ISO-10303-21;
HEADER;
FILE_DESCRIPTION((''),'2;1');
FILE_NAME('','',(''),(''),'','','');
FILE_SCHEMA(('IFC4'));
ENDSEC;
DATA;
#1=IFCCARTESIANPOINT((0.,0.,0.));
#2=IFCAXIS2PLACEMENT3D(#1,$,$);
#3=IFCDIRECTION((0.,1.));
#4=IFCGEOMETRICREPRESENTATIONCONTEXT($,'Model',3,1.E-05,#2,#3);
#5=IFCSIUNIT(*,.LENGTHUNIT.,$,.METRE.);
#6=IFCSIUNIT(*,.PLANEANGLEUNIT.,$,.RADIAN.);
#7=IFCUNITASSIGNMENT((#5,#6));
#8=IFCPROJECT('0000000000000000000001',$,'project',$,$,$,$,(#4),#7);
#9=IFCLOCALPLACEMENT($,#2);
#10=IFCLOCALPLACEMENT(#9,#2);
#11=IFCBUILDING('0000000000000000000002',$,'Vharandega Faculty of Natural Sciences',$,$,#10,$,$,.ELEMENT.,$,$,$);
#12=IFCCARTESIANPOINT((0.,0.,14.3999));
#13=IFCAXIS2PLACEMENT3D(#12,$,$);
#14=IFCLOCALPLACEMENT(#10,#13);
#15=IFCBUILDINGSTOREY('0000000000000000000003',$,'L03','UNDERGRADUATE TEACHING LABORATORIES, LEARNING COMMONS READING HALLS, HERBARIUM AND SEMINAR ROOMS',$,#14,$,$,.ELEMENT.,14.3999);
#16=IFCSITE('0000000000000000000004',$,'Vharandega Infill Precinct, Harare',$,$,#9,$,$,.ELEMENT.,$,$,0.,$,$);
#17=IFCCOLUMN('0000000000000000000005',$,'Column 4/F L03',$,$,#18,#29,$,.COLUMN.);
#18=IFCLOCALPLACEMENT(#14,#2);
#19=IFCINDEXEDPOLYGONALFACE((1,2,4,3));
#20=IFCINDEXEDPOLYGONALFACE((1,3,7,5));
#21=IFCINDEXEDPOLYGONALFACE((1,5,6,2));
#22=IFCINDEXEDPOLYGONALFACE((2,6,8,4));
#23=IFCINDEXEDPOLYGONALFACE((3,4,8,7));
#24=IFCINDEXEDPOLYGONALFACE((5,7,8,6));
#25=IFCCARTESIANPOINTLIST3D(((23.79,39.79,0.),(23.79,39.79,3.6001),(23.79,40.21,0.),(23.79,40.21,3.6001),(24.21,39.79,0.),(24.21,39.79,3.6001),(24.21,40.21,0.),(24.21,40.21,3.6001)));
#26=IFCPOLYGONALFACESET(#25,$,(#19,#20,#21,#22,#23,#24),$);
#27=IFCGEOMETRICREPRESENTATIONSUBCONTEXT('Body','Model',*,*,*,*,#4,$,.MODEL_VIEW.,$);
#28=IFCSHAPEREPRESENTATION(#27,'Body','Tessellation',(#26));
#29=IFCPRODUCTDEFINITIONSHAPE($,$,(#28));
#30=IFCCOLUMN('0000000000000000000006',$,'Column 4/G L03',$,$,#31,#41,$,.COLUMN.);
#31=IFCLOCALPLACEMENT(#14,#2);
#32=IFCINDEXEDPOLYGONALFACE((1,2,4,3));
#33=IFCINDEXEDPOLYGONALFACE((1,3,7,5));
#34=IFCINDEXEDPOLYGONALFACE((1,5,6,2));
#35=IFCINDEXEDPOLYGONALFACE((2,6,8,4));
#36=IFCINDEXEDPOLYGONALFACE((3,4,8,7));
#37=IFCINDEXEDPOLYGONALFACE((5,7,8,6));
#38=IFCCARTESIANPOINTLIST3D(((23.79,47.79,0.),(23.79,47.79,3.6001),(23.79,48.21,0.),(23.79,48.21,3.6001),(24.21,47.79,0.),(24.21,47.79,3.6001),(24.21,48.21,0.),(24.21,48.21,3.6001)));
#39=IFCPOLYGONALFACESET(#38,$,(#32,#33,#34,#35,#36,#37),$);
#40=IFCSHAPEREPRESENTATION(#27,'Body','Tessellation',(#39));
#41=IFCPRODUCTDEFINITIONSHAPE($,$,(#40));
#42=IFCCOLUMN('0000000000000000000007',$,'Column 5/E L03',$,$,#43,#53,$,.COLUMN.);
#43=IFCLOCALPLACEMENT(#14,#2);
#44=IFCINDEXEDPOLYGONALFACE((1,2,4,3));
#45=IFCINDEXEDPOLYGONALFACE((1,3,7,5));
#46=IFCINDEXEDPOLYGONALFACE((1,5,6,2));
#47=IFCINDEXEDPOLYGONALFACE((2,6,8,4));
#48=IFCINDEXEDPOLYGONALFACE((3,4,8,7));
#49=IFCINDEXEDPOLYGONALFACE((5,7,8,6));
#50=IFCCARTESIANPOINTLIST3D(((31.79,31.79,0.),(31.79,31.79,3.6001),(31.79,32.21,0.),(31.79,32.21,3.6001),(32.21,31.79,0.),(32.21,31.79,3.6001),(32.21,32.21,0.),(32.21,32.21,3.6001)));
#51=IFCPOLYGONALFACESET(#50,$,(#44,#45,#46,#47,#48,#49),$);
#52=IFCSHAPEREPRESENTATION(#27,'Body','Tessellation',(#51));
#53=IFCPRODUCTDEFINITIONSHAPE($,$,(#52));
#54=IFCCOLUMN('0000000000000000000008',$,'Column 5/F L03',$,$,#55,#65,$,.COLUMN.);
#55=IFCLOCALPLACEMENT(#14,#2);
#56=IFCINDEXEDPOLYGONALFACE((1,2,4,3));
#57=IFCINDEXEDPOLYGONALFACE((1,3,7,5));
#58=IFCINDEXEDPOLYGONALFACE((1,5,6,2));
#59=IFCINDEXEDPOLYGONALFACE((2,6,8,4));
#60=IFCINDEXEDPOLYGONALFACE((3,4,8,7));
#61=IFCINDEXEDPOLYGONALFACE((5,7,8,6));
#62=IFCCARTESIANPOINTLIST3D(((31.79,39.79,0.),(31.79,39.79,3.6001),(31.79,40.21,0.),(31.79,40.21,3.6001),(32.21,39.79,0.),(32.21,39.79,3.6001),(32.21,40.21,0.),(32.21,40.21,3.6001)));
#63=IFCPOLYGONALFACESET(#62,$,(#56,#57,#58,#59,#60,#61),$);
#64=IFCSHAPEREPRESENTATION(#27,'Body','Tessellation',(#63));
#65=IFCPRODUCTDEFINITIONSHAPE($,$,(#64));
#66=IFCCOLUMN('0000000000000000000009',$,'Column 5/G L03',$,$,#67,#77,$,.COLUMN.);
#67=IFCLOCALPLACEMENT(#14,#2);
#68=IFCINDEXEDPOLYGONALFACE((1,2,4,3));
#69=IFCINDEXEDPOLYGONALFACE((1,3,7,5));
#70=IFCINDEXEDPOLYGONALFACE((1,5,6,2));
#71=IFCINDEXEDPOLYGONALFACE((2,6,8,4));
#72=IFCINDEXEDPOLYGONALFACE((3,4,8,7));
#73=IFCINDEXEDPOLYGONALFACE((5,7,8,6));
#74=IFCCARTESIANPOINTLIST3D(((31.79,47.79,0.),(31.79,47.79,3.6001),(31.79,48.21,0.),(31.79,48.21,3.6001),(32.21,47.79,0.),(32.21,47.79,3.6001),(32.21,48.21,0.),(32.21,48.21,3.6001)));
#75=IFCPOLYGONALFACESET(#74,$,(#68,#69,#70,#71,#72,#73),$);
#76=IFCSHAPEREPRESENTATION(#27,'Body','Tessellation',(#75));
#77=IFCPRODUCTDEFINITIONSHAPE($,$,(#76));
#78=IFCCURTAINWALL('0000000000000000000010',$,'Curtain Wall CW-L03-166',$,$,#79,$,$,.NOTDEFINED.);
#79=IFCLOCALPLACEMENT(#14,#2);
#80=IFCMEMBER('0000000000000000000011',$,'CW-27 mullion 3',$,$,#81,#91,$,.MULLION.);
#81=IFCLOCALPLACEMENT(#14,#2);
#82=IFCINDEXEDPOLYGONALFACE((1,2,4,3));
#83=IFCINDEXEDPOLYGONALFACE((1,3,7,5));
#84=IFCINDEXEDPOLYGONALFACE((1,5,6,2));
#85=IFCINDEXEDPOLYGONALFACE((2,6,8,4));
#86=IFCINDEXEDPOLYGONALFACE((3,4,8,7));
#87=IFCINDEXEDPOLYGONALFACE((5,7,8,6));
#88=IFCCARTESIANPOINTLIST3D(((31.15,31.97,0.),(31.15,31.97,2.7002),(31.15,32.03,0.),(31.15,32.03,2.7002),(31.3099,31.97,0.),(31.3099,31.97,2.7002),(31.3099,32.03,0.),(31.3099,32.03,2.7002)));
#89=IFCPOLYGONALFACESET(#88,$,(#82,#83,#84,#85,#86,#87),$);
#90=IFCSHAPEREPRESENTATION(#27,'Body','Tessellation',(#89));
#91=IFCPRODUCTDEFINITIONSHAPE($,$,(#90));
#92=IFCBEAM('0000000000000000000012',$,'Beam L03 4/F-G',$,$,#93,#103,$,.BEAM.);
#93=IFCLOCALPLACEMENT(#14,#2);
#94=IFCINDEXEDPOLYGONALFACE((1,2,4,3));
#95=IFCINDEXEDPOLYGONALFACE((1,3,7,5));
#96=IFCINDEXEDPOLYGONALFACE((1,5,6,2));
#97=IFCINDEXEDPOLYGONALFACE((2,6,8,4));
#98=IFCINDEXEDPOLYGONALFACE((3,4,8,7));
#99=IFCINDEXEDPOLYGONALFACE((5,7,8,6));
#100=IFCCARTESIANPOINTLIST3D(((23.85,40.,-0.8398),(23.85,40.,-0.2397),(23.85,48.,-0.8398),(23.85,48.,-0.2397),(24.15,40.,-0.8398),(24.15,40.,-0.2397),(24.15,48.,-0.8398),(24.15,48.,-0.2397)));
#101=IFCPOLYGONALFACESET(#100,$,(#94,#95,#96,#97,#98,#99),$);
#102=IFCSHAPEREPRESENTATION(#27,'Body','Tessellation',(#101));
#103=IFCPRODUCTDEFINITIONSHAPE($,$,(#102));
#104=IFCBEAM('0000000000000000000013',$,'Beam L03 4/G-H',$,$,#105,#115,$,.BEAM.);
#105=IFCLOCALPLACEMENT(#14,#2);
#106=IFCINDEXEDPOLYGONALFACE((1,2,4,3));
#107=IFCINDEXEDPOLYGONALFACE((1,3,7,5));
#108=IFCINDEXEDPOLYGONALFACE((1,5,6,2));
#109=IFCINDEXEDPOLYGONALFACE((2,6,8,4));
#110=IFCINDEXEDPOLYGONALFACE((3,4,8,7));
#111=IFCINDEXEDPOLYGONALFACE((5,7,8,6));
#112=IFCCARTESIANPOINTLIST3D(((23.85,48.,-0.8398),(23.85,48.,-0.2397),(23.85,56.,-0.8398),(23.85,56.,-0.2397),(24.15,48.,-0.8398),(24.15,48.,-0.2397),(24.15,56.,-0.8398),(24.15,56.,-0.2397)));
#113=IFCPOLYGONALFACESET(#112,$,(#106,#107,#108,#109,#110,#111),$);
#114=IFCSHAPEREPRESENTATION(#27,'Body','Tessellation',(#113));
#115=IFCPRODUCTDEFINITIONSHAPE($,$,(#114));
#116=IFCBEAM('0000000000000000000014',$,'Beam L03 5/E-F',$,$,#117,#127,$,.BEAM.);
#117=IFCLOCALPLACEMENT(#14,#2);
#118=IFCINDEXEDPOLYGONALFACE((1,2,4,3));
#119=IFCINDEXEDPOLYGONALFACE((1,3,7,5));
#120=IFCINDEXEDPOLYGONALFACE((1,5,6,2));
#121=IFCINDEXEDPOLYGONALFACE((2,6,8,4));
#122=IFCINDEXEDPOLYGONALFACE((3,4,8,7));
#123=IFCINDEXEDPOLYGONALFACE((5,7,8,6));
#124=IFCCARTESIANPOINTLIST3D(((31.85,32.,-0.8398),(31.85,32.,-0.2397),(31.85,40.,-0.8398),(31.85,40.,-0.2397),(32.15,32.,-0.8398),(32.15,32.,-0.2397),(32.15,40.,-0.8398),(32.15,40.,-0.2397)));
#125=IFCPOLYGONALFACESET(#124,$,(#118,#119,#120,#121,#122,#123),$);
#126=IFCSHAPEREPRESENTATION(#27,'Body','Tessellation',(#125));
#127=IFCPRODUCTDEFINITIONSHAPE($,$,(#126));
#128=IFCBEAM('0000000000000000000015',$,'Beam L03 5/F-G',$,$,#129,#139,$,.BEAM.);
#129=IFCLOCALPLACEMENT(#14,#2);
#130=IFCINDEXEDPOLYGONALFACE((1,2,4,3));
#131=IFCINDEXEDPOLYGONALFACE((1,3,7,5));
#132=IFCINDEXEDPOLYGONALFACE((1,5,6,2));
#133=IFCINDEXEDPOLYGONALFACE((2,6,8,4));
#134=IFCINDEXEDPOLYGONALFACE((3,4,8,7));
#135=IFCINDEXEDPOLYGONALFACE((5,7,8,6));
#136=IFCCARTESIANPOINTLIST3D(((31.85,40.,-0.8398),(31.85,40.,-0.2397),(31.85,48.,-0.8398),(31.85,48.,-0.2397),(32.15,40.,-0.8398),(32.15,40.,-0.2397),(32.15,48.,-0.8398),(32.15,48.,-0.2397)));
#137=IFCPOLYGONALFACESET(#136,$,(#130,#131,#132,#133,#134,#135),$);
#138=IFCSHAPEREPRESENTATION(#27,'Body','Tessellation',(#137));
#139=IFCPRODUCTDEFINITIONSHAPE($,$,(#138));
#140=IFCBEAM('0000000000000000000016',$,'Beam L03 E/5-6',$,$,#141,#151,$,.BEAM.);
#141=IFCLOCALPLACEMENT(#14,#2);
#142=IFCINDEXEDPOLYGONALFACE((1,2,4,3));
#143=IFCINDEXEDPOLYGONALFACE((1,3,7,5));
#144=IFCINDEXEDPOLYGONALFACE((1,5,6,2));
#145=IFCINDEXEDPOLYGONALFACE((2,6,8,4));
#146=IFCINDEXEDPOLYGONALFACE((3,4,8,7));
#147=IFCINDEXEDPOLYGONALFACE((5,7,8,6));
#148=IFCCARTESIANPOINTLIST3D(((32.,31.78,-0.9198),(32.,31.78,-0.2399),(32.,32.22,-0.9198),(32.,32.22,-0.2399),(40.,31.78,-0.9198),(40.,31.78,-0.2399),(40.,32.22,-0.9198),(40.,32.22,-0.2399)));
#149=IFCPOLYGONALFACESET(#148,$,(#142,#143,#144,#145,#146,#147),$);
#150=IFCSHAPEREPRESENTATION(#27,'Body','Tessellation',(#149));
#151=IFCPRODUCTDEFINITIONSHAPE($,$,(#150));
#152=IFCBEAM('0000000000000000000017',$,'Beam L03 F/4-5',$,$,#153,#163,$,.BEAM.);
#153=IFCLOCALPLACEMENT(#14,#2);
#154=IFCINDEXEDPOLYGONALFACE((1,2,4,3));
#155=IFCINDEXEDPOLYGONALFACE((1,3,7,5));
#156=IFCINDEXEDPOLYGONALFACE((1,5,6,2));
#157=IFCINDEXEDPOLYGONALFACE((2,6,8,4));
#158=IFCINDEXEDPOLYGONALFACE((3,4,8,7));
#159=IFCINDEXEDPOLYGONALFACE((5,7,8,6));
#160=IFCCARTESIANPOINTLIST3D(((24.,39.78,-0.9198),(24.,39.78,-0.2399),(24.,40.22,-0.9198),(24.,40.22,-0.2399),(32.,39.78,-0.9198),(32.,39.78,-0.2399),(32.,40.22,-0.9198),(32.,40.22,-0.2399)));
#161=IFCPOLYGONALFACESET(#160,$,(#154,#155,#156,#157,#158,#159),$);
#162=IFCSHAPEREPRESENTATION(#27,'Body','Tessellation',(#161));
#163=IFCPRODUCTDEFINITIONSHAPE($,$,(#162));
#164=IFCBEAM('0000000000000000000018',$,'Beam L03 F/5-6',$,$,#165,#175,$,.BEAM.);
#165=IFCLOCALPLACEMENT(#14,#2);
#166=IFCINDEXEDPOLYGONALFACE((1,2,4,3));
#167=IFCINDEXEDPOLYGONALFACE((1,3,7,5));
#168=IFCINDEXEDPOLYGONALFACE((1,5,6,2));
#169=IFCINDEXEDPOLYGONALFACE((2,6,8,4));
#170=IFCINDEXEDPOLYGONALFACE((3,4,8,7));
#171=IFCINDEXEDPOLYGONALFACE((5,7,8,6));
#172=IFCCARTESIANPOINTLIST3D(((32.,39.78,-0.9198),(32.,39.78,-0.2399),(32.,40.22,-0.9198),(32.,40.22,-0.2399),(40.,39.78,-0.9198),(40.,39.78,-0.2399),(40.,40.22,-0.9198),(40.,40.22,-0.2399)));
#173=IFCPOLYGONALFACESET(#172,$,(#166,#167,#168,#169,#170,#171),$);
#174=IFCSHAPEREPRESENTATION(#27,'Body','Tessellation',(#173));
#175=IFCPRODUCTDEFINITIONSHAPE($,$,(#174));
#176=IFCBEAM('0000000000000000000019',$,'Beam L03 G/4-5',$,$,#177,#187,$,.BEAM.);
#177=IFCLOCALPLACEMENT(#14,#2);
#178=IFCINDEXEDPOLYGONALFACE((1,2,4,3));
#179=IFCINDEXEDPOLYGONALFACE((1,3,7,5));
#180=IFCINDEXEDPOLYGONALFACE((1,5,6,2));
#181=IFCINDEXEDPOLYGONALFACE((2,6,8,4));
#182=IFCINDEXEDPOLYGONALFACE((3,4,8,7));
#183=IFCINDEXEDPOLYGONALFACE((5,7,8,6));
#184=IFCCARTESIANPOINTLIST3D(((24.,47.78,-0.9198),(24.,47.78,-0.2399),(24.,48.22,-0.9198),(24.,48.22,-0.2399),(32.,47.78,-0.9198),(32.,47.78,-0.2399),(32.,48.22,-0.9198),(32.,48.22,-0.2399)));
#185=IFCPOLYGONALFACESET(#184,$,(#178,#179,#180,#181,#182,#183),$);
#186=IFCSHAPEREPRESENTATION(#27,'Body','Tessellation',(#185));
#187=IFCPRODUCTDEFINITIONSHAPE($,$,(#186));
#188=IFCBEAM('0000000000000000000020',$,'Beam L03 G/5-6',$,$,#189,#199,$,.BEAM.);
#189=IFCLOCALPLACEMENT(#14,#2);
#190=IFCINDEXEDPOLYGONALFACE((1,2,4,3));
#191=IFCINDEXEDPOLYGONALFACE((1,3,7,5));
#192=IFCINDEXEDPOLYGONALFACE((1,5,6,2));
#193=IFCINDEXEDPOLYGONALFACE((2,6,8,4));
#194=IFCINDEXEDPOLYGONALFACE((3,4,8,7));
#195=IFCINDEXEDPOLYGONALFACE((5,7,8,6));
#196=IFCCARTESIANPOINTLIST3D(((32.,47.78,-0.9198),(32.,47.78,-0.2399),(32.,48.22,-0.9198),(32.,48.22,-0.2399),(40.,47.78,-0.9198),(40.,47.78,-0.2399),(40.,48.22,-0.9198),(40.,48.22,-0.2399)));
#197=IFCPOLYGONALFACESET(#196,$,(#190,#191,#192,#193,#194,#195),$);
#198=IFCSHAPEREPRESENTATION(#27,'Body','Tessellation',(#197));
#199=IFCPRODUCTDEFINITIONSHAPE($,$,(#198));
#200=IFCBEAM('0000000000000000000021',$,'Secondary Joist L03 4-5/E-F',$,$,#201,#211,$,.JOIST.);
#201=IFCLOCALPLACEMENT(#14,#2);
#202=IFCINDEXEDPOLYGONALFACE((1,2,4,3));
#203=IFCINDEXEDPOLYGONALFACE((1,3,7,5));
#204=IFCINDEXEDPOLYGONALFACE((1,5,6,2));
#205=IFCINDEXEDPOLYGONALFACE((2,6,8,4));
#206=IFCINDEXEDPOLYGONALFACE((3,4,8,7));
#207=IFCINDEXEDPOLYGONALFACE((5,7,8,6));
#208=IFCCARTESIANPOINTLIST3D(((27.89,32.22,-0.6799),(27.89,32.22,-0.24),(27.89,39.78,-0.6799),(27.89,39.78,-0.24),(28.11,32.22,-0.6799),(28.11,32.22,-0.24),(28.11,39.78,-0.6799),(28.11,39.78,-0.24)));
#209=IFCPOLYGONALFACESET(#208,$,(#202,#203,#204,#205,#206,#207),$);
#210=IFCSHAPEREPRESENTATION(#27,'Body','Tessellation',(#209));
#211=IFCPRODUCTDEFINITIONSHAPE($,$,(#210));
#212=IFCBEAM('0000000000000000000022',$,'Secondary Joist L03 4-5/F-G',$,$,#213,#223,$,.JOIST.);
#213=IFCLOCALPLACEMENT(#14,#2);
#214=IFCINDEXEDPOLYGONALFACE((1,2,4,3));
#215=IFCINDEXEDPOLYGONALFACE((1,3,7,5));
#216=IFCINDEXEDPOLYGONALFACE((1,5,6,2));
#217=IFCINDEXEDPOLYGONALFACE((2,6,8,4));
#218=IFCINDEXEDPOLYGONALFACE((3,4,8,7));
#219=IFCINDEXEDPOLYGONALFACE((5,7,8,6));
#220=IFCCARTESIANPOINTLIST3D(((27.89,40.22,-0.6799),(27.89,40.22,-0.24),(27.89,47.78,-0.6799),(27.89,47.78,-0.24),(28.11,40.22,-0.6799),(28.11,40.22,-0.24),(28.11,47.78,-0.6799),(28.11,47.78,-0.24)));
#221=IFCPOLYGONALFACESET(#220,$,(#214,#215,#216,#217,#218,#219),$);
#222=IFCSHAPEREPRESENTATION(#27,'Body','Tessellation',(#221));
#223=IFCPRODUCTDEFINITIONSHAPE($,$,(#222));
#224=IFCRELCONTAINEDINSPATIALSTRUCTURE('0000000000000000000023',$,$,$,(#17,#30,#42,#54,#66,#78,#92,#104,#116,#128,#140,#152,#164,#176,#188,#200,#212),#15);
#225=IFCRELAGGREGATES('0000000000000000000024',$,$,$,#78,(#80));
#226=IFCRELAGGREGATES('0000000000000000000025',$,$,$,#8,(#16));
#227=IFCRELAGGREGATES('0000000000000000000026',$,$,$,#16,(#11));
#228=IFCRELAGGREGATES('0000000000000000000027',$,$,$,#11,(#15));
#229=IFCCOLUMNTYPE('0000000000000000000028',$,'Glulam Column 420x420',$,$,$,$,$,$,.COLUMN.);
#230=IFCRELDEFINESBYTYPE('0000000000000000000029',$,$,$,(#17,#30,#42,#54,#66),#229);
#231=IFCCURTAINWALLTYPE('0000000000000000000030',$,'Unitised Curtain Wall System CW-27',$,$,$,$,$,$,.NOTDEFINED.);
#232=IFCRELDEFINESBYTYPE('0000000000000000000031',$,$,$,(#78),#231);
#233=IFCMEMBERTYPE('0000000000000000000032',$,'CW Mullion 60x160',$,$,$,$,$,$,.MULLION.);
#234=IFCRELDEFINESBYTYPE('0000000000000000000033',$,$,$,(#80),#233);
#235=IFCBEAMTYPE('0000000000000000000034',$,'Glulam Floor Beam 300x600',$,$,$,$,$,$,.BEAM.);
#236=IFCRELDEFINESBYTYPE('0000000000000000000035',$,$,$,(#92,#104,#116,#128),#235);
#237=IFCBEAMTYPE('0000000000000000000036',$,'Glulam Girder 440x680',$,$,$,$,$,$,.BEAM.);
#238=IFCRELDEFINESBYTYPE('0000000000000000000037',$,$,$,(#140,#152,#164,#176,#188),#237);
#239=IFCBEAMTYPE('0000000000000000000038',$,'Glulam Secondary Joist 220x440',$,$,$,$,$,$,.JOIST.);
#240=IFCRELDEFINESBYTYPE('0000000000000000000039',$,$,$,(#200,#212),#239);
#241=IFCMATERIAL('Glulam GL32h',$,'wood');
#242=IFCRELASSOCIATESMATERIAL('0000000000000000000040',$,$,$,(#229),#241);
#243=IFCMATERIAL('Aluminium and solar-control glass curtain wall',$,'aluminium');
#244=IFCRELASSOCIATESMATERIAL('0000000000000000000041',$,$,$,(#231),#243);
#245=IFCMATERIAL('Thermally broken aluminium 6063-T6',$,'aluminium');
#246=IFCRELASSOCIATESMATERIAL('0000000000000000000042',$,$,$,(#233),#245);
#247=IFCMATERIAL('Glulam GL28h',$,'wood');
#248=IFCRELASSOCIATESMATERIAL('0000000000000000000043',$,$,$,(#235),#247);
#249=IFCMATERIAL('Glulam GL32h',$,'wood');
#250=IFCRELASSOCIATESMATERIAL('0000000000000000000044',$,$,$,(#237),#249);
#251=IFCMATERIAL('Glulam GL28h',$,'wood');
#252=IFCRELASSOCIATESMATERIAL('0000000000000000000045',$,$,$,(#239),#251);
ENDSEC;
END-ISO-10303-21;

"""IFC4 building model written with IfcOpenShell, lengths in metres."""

from ifc_helpers import new_model, si_unit, direction, frame, origin, origin_2d, place, context, subcontext, project, spatial, rectangle, extrude, material, material_profile, profile_set, type_object, element, aggregate, save


model = new_model("IFC4")

# Units and contexts
model_context = context("Model", 3, precision=1e-05, world=origin(), true_north=direction((0.0, 1.0)))
body_context = subcontext(model_context, "Body", "Model", "MODEL_VIEW")
ifc_project = project(units=[si_unit("LENGTHUNIT", "METRE"), si_unit("PLANEANGLEUNIT", "RADIAN")], contexts=[model_context])

# Site, building, storey
site_placement = place(None, origin())
site = spatial("IfcSite", under=ifc_project, at=site_placement, Name="Vharandega Infill Precinct, Harare", CompositionType="ELEMENT", RefElevation=0.0)
building_placement = place(site_placement, origin())
building = spatial("IfcBuilding", under=site, at=building_placement, Name="Vharandega Faculty of Natural Sciences", CompositionType="ELEMENT")
storey_placement = place(building_placement, frame((0.0, 0.0, 14.3999)))
storey = spatial("IfcBuildingStorey", under=building, at=storey_placement, Name="L03", Description="UNDERGRADUATE TEACHING LABORATORIES, LEARNING COMMONS READING HALLS, HERBARIUM AND SEMINAR ROOMS", CompositionType="ELEMENT", Elevation=14.3999)

# Columns
ifc_material_1 = material(Name="Glulam GL32h", Category="wood")
ifc_material_profile_1 = material_profile(ifc_material_1, rectangle(XDim=0.4199, YDim=0.4199, at=origin_2d()), Name="GL32h 420x420")
ifc_profile_set_1 = profile_set([ifc_material_profile_1], Name="Glulam GL32h")
column_type = type_object("IfcColumnType", Name="Glulam Column 420x420", PredefinedType="COLUMN", material=ifc_profile_set_1)
for number, where, z_axis, x_axis, name in (
    (1, (24.0, 40.0, 0.0), (0.0, 0.0, 1.0), (1.0, 0.0, 0.0), "Column 4/F L03"),
    (2, (24.0, 48.0, 0.0), (0.0, 0.0, 1.0), (1.0, 0.0, 0.0), "Column 4/G L03"),
    (3, (32.0, 32.0, 0.0), (0.0, 0.0, 1.0), (1.0, 0.0, 0.0), "Column 5/E L03"),
    (4, (32.0, 40.0, 0.0), (0.0, 0.0, 1.0), (1.0, 0.0, 0.0), "Column 5/F L03"),
    (5, (32.0, 48.0, 0.0), (0.0, 0.0, 1.0), (1.0, 0.0, 0.0), "Column 5/G L03"),
):
    element("IfcColumn", number, at=place(storey_placement, frame(where, z_axis=z_axis, x_axis=x_axis)), inside=storey, type_object=column_type, Name=name, PredefinedType="COLUMN", context=body_context, shape_type="SweptSolid", body=[
        extrude(rectangle(XDim=0.4199, YDim=0.4199, at=origin_2d()), origin(), (0.0, 0.0, 1.0), 3.6001),
    ])

# Curtain wall, member
ifc_material_2 = material(Name="Aluminium and solar-control glass curtain wall", Category="aluminium")
curtain_wall_type = type_object("IfcCurtainWallType", Name="Unitised Curtain Wall System CW-27", PredefinedType="NOTDEFINED", material=ifc_material_2)
curtain_wall_placement = place(storey_placement, origin())
curtain_wall = element("IfcCurtainWall", 6, at=curtain_wall_placement, inside=storey, type_object=curtain_wall_type, Name="Curtain Wall CW-L03-166", PredefinedType="NOTDEFINED")
ifc_material_3 = material(Name="Thermally broken aluminium 6063-T6", Category="aluminium")
ifc_material_profile_2 = material_profile(ifc_material_3, rectangle(XDim=0.0601, YDim=0.1599, at=origin_2d()), Name="ALU 60x160")
ifc_profile_set_2 = profile_set([ifc_material_profile_2], Name="Thermally broken aluminium 6063-T6")
member_type = type_object("IfcMemberType", Name="CW Mullion 60x160", PredefinedType="MULLION", material=ifc_profile_set_2)
member_placement = place(storey_placement, frame((31.23, 32.0, 0.0), z_axis=(0.0, 0.0, 1.0), x_axis=(0.0, 1.0, 0.0)))
member = element("IfcMember", 7, at=member_placement, type_object=member_type, Name="CW-27 mullion 3", PredefinedType="MULLION", context=body_context, shape_type="SweptSolid", body=[
    extrude(rectangle(XDim=0.0601, YDim=0.1599, at=origin_2d()), origin(), (0.0, 0.0, 1.0), 2.7002),
])

# Beams
ifc_material_4 = material(Name="Glulam GL28h", Category="wood")
ifc_material_profile_3 = material_profile(ifc_material_4, rectangle(XDim=0.3, YDim=0.6001, at=origin_2d()), Name="GL28h 300x600")
ifc_profile_set_3 = profile_set([ifc_material_profile_3], Name="Glulam GL28h")
beam_type_1 = type_object("IfcBeamType", Name="Glulam Floor Beam 300x600", PredefinedType="BEAM", material=ifc_profile_set_3)
for number, where, z_axis, x_axis, name in (
    (8, (24.0, 40.0, -0.5398), (0.0, 1.0, 0.0), (-1.0, 0.0, 0.0), "Beam L03 4/F-G"),
    (9, (24.0, 48.0, -0.5398), (0.0, 1.0, 0.0), (-1.0, 0.0, 0.0), "Beam L03 4/G-H"),
    (10, (32.0, 32.0, -0.5398), (0.0, 1.0, 0.0), (-1.0, 0.0, 0.0), "Beam L03 5/E-F"),
    (11, (32.0, 40.0, -0.5398), (0.0, 1.0, 0.0), (-1.0, 0.0, 0.0), "Beam L03 5/F-G"),
):
    element("IfcBeam", number, at=place(storey_placement, frame(where, z_axis=z_axis, x_axis=x_axis)), inside=storey, type_object=beam_type_1, Name=name, PredefinedType="BEAM", context=body_context, shape_type="SweptSolid", body=[
        extrude(rectangle(XDim=0.3, YDim=0.6001, at=origin_2d()), origin(), (0.0, 0.0, 1.0), 8.0),
    ])
ifc_material_5 = material(Name="Glulam GL32h", Category="wood")
ifc_material_profile_4 = material_profile(ifc_material_5, rectangle(XDim=0.4399, YDim=0.6799, at=origin_2d()), Name="GL32h 440x680")
ifc_profile_set_4 = profile_set([ifc_material_profile_4], Name="Glulam GL32h")
beam_type_2 = type_object("IfcBeamType", Name="Glulam Girder 440x680", PredefinedType="BEAM", material=ifc_profile_set_4)
for number, where, z_axis, x_axis, name in (
    (12, (32.0, 32.0, -0.5798), (1.0, 0.0, 0.0), (0.0, 1.0, 0.0), "Beam L03 E/5-6"),
    (13, (24.0, 40.0, -0.5798), (1.0, 0.0, 0.0), (0.0, 1.0, 0.0), "Beam L03 F/4-5"),
    (14, (32.0, 40.0, -0.5798), (1.0, 0.0, 0.0), (0.0, 1.0, 0.0), "Beam L03 F/5-6"),
    (15, (24.0, 48.0, -0.5798), (1.0, 0.0, 0.0), (0.0, 1.0, 0.0), "Beam L03 G/4-5"),
    (16, (32.0, 48.0, -0.5798), (1.0, 0.0, 0.0), (0.0, 1.0, 0.0), "Beam L03 G/5-6"),
):
    element("IfcBeam", number, at=place(storey_placement, frame(where, z_axis=z_axis, x_axis=x_axis)), inside=storey, type_object=beam_type_2, Name=name, PredefinedType="BEAM", context=body_context, shape_type="SweptSolid", body=[
        extrude(rectangle(XDim=0.4399, YDim=0.6799, at=origin_2d()), origin(), (0.0, 0.0, 1.0), 8.0),
    ])
ifc_material_6 = material(Name="Glulam GL28h", Category="wood")
ifc_material_profile_5 = material_profile(ifc_material_6, rectangle(XDim=0.22, YDim=0.4399, at=origin_2d()), Name="GL28h 220x440")
ifc_profile_set_5 = profile_set([ifc_material_profile_5], Name="Glulam GL28h")
beam_type_3 = type_object("IfcBeamType", Name="Glulam Secondary Joist 220x440", PredefinedType="JOIST", material=ifc_profile_set_5)
for number, where, z_axis, x_axis, name in (
    (17, (28.0, 32.22, -0.46), (0.0, 1.0, 0.0), (-1.0, 0.0, 0.0), "Secondary Joist L03 4-5/E-F"),
    (18, (28.0, 40.22, -0.46), (0.0, 1.0, 0.0), (-1.0, 0.0, 0.0), "Secondary Joist L03 4-5/F-G"),
):
    element("IfcBeam", number, at=place(storey_placement, frame(where, z_axis=z_axis, x_axis=x_axis)), inside=storey, type_object=beam_type_3, Name=name, PredefinedType="JOIST", context=body_context, shape_type="SweptSolid", body=[
        extrude(rectangle(XDim=0.22, YDim=0.4399, at=origin_2d()), origin(), (0.0, 0.0, 1.0), 7.5601),
    ])

aggregate(curtain_wall, [member])

save(model, "model.ifc")
